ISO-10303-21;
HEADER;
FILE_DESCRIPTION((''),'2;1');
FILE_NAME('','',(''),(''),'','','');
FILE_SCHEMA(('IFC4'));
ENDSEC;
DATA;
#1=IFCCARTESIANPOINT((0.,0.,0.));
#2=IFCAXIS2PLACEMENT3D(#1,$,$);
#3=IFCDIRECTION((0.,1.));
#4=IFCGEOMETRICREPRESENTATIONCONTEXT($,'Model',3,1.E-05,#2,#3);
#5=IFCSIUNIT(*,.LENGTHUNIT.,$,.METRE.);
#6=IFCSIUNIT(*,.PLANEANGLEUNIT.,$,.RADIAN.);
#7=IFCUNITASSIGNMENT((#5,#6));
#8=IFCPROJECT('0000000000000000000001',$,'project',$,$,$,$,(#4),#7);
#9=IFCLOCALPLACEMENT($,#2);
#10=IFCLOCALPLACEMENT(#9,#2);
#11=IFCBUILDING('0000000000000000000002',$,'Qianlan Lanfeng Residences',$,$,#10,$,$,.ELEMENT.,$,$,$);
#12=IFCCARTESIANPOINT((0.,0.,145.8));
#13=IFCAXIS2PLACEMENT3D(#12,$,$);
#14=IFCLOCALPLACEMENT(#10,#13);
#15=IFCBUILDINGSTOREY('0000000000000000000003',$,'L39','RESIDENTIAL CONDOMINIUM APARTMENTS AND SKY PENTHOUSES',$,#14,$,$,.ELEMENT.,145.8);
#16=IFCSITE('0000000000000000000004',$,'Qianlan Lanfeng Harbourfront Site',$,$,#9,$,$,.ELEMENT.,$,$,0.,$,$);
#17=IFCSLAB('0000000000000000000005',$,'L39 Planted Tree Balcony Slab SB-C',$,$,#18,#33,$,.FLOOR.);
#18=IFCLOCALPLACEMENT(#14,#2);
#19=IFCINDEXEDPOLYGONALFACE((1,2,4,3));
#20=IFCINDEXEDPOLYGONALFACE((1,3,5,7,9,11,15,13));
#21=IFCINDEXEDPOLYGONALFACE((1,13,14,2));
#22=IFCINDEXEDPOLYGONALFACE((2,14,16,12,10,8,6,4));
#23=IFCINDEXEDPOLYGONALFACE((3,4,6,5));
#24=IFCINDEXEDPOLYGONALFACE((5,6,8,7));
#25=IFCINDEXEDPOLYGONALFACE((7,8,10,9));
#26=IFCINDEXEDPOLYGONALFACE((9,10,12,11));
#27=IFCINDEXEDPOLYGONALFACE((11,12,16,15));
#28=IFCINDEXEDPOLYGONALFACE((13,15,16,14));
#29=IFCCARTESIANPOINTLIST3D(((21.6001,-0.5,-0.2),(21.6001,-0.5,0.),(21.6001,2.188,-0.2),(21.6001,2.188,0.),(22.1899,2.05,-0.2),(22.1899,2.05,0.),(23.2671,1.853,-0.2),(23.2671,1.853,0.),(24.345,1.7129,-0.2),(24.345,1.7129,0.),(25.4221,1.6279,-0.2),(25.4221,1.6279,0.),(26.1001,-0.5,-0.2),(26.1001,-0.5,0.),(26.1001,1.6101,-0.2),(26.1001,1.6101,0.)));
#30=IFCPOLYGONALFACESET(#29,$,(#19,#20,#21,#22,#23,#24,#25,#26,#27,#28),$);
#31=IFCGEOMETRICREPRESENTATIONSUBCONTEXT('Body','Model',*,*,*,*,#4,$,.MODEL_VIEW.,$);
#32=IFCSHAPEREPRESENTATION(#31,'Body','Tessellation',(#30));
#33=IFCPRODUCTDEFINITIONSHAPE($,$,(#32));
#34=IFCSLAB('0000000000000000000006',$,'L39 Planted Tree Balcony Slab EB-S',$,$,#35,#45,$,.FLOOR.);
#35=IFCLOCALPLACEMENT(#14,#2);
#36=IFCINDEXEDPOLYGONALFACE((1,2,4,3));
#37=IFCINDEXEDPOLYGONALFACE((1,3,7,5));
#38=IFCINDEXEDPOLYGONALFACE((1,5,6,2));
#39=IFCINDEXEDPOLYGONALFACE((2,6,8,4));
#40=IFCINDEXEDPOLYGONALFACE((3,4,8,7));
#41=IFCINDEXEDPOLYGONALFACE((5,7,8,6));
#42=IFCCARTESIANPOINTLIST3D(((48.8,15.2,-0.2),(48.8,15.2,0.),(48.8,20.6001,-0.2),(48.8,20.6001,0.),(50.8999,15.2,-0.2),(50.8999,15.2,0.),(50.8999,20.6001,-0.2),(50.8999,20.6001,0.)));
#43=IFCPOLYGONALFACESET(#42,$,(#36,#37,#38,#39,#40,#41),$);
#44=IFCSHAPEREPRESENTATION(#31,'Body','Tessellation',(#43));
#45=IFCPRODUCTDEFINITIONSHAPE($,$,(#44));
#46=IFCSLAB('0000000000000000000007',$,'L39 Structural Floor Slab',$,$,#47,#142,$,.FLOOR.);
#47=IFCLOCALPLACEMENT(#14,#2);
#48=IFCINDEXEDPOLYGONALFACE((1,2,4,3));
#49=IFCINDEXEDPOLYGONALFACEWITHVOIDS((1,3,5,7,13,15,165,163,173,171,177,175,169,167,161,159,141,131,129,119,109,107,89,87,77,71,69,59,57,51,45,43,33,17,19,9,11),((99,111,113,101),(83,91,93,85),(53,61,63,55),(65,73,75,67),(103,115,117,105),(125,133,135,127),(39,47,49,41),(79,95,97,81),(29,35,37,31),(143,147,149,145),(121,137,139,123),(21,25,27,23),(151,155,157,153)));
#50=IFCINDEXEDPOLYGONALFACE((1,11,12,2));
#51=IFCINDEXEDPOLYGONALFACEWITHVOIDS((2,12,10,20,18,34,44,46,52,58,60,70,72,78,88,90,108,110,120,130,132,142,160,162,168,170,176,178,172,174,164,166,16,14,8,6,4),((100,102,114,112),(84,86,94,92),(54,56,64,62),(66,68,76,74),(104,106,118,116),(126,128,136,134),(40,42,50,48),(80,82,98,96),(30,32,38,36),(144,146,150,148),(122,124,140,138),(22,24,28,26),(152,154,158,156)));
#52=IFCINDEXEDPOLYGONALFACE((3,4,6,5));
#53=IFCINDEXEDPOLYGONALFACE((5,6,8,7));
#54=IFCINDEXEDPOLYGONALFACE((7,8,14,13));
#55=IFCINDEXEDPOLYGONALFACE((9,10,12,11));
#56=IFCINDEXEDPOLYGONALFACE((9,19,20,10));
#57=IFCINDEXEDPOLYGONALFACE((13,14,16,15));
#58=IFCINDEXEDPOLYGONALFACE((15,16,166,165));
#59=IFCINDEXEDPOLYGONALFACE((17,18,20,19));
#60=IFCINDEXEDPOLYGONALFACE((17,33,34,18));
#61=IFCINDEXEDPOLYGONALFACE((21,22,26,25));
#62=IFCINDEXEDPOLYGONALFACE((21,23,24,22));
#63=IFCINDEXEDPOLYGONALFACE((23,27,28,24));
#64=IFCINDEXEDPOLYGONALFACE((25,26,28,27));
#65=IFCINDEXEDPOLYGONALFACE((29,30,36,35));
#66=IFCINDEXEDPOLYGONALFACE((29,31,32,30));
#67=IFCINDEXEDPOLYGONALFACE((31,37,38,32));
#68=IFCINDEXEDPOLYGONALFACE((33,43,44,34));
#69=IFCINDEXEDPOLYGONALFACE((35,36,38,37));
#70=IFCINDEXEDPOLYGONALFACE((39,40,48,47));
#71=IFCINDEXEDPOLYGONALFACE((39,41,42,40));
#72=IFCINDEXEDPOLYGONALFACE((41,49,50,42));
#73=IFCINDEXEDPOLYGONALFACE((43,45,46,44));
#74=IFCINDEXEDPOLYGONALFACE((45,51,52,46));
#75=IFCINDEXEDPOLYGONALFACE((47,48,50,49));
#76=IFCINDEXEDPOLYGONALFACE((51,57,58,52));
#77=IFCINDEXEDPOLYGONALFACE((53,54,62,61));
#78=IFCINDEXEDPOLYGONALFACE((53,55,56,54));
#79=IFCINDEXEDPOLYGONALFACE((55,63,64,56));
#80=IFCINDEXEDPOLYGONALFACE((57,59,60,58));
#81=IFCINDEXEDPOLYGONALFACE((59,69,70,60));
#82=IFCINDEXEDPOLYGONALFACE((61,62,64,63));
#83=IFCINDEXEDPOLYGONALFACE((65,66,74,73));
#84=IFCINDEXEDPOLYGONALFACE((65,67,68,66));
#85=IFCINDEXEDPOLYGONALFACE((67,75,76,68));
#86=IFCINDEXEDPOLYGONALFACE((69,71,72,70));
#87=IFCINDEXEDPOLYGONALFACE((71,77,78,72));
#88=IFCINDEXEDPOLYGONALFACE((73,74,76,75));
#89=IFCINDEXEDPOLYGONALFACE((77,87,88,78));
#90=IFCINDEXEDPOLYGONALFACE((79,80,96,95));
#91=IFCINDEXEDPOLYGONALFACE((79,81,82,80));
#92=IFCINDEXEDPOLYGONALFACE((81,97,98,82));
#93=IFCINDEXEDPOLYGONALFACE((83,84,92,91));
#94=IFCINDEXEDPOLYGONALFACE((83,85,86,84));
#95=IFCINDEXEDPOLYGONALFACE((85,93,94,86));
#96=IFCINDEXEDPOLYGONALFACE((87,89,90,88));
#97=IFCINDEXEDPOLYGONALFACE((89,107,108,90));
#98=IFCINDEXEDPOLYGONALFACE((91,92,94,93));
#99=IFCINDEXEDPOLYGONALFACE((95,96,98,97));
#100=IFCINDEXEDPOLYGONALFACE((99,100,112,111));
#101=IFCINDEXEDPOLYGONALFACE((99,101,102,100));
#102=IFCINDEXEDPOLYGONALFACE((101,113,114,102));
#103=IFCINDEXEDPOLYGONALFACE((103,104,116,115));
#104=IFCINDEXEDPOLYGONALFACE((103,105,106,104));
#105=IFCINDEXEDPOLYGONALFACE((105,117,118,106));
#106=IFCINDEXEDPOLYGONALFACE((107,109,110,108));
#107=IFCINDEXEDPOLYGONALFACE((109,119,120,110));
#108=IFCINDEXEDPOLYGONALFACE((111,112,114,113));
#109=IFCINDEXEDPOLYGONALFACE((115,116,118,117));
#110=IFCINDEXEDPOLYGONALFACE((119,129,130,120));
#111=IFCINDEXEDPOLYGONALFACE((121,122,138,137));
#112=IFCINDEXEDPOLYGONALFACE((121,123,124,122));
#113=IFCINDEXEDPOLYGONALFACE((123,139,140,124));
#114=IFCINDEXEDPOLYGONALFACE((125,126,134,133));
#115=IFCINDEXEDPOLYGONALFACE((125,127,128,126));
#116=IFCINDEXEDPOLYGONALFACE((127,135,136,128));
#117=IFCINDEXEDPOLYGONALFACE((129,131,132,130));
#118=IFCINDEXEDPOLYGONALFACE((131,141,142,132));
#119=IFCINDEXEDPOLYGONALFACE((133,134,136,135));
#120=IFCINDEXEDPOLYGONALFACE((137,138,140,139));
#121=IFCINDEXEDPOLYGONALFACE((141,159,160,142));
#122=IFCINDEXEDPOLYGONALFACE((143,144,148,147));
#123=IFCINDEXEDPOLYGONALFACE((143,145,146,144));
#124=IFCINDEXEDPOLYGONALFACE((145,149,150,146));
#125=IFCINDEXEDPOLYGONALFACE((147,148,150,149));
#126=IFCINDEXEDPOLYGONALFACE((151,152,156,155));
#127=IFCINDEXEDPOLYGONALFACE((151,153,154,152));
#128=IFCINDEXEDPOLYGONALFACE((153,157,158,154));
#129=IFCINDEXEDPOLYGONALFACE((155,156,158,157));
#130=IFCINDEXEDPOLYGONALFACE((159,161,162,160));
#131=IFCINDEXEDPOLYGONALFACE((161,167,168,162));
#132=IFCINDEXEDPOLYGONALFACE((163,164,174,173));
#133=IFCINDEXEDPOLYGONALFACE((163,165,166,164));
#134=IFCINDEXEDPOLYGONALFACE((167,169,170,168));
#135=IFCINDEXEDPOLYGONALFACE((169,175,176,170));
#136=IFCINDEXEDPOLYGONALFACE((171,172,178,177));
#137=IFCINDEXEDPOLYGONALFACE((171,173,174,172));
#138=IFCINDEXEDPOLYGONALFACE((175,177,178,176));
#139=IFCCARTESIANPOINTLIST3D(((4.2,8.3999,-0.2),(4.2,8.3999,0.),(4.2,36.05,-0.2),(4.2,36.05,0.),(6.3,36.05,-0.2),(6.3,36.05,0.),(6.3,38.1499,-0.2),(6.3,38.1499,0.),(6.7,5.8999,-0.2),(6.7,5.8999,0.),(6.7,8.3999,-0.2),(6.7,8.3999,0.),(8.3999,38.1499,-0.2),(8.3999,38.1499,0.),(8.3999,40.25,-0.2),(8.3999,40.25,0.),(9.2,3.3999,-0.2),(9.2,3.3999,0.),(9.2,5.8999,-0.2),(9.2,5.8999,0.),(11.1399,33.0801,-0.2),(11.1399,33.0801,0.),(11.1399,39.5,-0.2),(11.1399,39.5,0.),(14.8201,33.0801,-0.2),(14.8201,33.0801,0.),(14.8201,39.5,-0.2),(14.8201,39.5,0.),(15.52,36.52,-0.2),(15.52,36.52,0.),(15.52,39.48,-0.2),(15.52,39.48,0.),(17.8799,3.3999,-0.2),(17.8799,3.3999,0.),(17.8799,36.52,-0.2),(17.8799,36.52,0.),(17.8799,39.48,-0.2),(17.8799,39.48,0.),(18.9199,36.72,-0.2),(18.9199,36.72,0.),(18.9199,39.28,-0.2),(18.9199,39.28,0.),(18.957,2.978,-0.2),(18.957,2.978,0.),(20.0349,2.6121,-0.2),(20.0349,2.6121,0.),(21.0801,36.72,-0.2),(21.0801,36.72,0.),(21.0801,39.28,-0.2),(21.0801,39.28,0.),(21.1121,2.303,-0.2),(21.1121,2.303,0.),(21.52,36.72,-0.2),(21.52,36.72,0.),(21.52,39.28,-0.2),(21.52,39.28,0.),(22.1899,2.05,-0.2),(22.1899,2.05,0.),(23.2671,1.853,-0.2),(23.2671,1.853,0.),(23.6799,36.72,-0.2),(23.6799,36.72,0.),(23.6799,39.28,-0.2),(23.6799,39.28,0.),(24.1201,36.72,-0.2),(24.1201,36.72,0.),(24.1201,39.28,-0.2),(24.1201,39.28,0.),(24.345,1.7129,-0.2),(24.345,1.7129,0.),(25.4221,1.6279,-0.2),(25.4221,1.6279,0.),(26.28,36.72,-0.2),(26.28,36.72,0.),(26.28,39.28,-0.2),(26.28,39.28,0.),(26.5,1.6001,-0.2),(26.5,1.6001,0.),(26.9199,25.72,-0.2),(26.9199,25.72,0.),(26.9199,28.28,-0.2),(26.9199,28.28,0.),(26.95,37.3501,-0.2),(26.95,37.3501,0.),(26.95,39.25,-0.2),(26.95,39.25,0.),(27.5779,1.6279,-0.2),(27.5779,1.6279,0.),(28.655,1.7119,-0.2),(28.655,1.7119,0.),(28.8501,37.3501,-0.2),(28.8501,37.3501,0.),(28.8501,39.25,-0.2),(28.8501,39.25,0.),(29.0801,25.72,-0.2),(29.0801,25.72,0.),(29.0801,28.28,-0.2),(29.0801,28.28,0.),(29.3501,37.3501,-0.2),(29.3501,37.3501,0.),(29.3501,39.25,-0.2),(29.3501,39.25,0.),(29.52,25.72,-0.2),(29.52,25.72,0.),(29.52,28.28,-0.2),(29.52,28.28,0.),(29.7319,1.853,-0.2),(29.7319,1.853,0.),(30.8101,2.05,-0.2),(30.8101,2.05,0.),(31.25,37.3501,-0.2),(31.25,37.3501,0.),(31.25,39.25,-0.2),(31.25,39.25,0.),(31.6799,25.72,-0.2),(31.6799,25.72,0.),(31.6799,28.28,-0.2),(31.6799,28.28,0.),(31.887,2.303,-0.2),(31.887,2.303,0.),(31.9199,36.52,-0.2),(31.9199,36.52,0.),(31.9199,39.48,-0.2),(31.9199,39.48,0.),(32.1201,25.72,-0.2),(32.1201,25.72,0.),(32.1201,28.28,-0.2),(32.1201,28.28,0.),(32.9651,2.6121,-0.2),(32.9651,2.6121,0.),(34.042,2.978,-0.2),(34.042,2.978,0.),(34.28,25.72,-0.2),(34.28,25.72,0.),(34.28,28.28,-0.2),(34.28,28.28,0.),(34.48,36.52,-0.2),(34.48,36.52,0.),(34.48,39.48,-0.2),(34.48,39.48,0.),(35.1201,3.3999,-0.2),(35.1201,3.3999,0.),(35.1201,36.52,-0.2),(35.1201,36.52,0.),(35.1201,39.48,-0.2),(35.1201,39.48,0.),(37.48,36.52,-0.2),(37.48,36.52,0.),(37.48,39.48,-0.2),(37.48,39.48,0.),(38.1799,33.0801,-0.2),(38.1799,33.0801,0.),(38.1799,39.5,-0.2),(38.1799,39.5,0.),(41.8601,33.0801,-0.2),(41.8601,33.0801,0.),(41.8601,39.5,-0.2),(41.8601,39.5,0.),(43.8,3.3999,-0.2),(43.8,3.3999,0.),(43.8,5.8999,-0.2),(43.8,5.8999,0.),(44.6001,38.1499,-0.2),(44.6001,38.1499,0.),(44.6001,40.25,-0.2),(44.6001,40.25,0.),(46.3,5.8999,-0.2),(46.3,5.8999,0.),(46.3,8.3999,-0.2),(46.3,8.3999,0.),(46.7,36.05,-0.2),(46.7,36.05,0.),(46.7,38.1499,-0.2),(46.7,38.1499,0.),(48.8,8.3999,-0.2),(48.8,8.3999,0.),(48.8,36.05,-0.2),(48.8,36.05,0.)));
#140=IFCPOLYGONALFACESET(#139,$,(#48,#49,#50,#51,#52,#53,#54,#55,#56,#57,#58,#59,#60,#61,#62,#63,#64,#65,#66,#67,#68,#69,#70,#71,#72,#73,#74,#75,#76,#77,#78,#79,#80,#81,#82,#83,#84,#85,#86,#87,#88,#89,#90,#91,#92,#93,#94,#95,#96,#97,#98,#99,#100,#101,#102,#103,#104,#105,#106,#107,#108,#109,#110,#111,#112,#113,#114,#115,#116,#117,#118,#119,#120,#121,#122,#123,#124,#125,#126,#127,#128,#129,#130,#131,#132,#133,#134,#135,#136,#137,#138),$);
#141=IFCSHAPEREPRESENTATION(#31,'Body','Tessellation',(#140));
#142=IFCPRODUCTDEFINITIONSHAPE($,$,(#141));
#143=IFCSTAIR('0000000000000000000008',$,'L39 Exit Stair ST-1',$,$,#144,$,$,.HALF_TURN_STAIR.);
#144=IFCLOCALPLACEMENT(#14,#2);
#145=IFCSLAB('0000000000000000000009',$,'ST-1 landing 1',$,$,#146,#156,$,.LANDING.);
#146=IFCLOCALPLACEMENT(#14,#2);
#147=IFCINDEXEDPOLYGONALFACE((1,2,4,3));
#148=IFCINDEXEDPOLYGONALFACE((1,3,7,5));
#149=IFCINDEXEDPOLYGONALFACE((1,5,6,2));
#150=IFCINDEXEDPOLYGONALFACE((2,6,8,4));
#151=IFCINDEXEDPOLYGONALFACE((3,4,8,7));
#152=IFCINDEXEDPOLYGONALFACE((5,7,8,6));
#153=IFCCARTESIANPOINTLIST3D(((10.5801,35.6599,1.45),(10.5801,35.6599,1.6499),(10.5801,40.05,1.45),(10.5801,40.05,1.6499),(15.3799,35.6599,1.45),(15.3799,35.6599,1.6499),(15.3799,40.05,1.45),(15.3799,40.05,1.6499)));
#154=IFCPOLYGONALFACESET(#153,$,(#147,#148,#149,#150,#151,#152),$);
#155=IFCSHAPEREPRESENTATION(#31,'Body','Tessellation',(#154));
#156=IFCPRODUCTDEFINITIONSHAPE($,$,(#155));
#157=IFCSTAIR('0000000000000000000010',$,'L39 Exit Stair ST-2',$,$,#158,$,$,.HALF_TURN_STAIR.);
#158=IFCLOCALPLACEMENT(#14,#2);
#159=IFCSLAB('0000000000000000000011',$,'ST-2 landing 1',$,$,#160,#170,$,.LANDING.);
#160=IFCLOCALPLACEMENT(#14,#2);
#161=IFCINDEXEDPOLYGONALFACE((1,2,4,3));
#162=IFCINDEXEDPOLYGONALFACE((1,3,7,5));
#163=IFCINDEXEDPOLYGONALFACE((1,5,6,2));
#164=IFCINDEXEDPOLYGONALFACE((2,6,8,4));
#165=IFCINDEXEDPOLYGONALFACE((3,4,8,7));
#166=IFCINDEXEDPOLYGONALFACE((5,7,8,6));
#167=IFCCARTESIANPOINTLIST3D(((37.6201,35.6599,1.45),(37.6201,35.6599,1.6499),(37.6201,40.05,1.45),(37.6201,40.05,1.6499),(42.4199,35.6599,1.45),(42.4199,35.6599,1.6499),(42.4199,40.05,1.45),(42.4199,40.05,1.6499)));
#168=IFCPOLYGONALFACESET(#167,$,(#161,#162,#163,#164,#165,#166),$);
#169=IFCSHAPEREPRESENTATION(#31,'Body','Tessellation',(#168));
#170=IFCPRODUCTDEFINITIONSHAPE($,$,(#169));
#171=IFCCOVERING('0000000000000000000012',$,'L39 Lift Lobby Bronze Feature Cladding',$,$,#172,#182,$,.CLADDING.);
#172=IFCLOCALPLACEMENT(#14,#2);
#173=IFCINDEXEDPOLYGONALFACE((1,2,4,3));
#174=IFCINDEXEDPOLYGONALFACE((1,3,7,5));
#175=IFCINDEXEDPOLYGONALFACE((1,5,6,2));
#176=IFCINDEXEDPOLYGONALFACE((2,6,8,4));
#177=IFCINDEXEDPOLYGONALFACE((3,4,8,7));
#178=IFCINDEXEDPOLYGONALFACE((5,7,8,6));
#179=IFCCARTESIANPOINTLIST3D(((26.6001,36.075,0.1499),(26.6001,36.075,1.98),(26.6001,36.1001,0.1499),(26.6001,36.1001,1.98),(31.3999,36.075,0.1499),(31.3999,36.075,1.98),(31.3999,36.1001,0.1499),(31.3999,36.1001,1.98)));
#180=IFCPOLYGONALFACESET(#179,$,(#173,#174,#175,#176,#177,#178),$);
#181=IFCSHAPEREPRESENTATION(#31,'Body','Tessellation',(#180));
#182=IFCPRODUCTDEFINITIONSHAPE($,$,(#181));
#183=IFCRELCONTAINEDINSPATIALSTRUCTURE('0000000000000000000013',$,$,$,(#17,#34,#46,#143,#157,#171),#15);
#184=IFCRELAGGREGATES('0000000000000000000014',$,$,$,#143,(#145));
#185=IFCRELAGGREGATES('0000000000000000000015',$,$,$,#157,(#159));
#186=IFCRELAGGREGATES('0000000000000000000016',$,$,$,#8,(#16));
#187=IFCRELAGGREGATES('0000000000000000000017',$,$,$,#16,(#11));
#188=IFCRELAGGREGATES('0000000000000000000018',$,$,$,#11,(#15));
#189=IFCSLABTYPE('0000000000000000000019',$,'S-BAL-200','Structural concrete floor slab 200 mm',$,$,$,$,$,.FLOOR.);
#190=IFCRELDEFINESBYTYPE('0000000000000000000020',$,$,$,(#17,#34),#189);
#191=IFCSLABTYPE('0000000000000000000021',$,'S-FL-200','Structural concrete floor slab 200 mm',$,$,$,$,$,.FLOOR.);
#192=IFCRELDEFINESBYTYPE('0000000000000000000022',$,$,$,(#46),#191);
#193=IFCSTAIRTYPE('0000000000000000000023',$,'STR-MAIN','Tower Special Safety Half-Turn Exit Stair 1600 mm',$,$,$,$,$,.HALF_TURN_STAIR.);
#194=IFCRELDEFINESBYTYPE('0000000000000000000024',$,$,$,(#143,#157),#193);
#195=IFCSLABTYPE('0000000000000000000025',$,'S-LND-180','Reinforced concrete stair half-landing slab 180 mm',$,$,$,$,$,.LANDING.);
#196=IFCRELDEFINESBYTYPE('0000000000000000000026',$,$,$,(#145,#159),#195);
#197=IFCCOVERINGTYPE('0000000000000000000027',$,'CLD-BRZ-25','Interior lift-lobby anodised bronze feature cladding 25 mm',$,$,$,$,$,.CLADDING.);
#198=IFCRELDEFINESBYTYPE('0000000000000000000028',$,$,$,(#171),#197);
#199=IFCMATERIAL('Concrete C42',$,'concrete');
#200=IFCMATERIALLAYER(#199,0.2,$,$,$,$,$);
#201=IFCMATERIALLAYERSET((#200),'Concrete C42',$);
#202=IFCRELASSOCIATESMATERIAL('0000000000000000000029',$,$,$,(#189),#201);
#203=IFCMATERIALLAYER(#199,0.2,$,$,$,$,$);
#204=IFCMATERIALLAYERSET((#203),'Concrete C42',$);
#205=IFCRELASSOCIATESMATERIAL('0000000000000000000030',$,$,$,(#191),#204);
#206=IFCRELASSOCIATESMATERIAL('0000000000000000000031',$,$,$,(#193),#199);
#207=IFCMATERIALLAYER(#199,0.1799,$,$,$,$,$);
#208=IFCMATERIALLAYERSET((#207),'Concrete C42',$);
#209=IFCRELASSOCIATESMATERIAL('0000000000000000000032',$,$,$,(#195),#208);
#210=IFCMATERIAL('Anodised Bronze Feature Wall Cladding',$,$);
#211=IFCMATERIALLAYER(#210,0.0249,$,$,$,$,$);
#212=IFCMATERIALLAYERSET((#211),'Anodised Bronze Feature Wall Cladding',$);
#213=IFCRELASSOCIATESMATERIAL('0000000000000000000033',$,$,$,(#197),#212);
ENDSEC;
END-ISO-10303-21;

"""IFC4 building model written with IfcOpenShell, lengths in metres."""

from ifc_helpers import new_model, si_unit, direction, frame, origin, place, context, subcontext, project, spatial, polyline, outline, extrude, material, layer, layer_set, type_object, element, aggregate, save


model = new_model("IFC4")

# Units and contexts
model_context = context("Model", 3, precision=1e-05, world=origin(), true_north=direction((0.0, 1.0)))
body_context = subcontext(model_context, "Body", "Model", "MODEL_VIEW")
ifc_project = project(units=[si_unit("LENGTHUNIT", "METRE"), si_unit("PLANEANGLEUNIT", "RADIAN")], contexts=[model_context])

# Site, building, storey
site_placement = place(None, origin())
site = spatial("IfcSite", under=ifc_project, at=site_placement, Name="Qianlan Lanfeng Harbourfront Site", CompositionType="ELEMENT", RefElevation=0.0)
building_placement = place(site_placement, origin())
building = spatial("IfcBuilding", under=site, at=building_placement, Name="Qianlan Lanfeng Residences", CompositionType="ELEMENT")
storey_placement = place(building_placement, frame((0.0, 0.0, 145.8)))
storey = spatial("IfcBuildingStorey", under=building, at=storey_placement, Name="L39", Description="RESIDENTIAL CONDOMINIUM APARTMENTS AND SKY PENTHOUSES", CompositionType="ELEMENT", Elevation=145.8)

# Slabs
ifc_material_1 = material(Name="Concrete C42", Category="concrete")
ifc_layer_1 = layer(ifc_material_1, 0.2)
ifc_layer_set_1 = layer_set([ifc_layer_1], Name="Concrete C42")
slab_type_1 = type_object("IfcSlabType", Name="S-BAL-200", Description="Structural concrete floor slab 200 mm", PredefinedType="FLOOR", material=ifc_layer_set_1)
slab_1_placement = place(storey_placement, frame((0.0, 0.0, -0.2)))
element("IfcSlab", 1, at=slab_1_placement, inside=storey, type_object=slab_type_1, Name="L39 Planted Tree Balcony Slab SB-C", PredefinedType="FLOOR", context=body_context, shape_type="SweptSolid", body=[
    extrude(outline(polyline([(26.1001, 1.6101), (25.4221, 1.6279), (24.345, 1.7129), (23.2671, 1.853), (22.1899, 2.05), (21.6001, 2.188), (21.6001, -0.5), (26.1001, -0.5), (26.1001, 1.6101)])), origin(), (0.0, 0.0, 1.0), 0.2),
])
slab_2_placement = place(storey_placement, frame((0.0, 0.0, -0.2)))
element("IfcSlab", 2, at=slab_2_placement, inside=storey, type_object=slab_type_1, Name="L39 Planted Tree Balcony Slab EB-S", PredefinedType="FLOOR", context=body_context, shape_type="SweptSolid", body=[
    extrude(outline(polyline([(48.8, 20.6001), (48.8, 15.2), (50.8999, 15.2), (50.8999, 20.6001), (48.8, 20.6001)])), origin(), (0.0, 0.0, 1.0), 0.2),
])
ifc_layer_2 = layer(ifc_material_1, 0.2)
ifc_layer_set_2 = layer_set([ifc_layer_2], Name="Concrete C42")
slab_type_2 = type_object("IfcSlabType", Name="S-FL-200", Description="Structural concrete floor slab 200 mm", PredefinedType="FLOOR", material=ifc_layer_set_2)
slab_3_placement = place(storey_placement, frame((0.0, 0.0, -0.2)))
element("IfcSlab", 3, at=slab_3_placement, inside=storey, type_object=slab_type_2, Name="L39 Structural Floor Slab", PredefinedType="FLOOR", context=body_context, shape_type="SweptSolid", body=[
    extrude(outline(polyline([(4.2, 8.3999), (6.7, 8.3999), (6.7, 5.8999), (9.2, 5.8999), (9.2, 3.3999), (17.8799, 3.3999), (18.957, 2.978), (20.0349, 2.6121), (21.1121, 2.303), (22.1899, 2.05), (23.2671, 1.853), (24.345, 1.7129), (25.4221, 1.6279), (26.5, 1.6001), (27.5779, 1.6279), (28.655, 1.7119), (29.7319, 1.853), (30.8101, 2.05), (31.887, 2.303), (32.9651, 2.6121), (34.042, 2.978), (35.1201, 3.3999), (43.8, 3.3999), (43.8, 5.8999), (46.3, 5.8999), (46.3, 8.3999), (48.8, 8.3999), (48.8, 36.05), (46.7, 36.05), (46.7, 38.1499), (44.6001, 38.1499), (44.6001, 40.25), (8.3999, 40.25), (8.3999, 38.1499), (6.3, 38.1499), (6.3, 36.05), (4.2, 36.05), (4.2, 8.3999)]), holes=[polyline([(11.1399, 33.0801), (11.1399, 39.5), (14.8201, 39.5), (14.8201, 33.0801), (11.1399, 33.0801)]), polyline([(38.1799, 33.0801), (38.1799, 39.5), (41.8601, 39.5), (41.8601, 33.0801), (38.1799, 33.0801)]), polyline([(15.52, 36.52), (15.52, 39.48), (17.8799, 39.48), (17.8799, 36.52), (15.52, 36.52)]), polyline([(35.1201, 36.52), (35.1201, 39.48), (37.48, 39.48), (37.48, 36.52), (35.1201, 36.52)]), polyline([(31.9199, 36.52), (31.9199, 39.48), (34.48, 39.48), (34.48, 36.52), (31.9199, 36.52)]), polyline([(26.9199, 25.72), (26.9199, 28.28), (29.0801, 28.28), (29.0801, 25.72), (26.9199, 25.72)]), polyline([(29.52, 25.72), (29.52, 28.28), (31.6799, 28.28), (31.6799, 25.72), (29.52, 25.72)]), polyline([(32.1201, 25.72), (32.1201, 28.28), (34.28, 28.28), (34.28, 25.72), (32.1201, 25.72)]), polyline([(18.9199, 36.72), (18.9199, 39.28), (21.0801, 39.28), (21.0801, 36.72), (18.9199, 36.72)]), polyline([(21.52, 36.72), (21.52, 39.28), (23.6799, 39.28), (23.6799, 36.72), (21.52, 36.72)]), polyline([(24.1201, 36.72), (24.1201, 39.28), (26.28, 39.28), (26.28, 36.72), (24.1201, 36.72)]), polyline([(26.95, 37.3501), (26.95, 39.25), (28.8501, 39.25), (28.8501, 37.3501), (26.95, 37.3501)]), polyline([(29.3501, 37.3501), (29.3501, 39.25), (31.25, 39.25), (31.25, 37.3501), (29.3501, 37.3501)])]), origin(), (0.0, 0.0, 1.0), 0.2),
])

# Stairs, slabs
stair_type = type_object("IfcStairType", Name="STR-MAIN", Description="Tower Special Safety Half-Turn Exit Stair 1600 mm", PredefinedType="HALF_TURN_STAIR", material=ifc_material_1)
stair_1_placement = place(storey_placement, origin())
stair_1 = element("IfcStair", 4, at=stair_1_placement, inside=storey, type_object=stair_type, Name="L39 Exit Stair ST-1", PredefinedType="HALF_TURN_STAIR")
ifc_layer_3 = layer(ifc_material_1, 0.1799)
ifc_layer_set_3 = layer_set([ifc_layer_3], Name="Concrete C42")
slab_type_3 = type_object("IfcSlabType", Name="S-LND-180", Description="Reinforced concrete stair half-landing slab 180 mm", PredefinedType="LANDING", material=ifc_layer_set_3)
slab_4_placement = place(storey_placement, frame((0.0, 0.0, 1.45)))
slab_4 = element("IfcSlab", 5, at=slab_4_placement, type_object=slab_type_3, Name="ST-1 landing 1", PredefinedType="LANDING", context=body_context, shape_type="SweptSolid", body=[
    extrude(outline(polyline([(10.5801, 35.6599), (15.3799, 35.6599), (15.3799, 40.05), (10.5801, 40.05), (10.5801, 35.6599)])), origin(), (0.0, 0.0, 1.0), 0.2),
])
aggregate(stair_1, [slab_4])
stair_2_placement = place(storey_placement, origin())
stair_2 = element("IfcStair", 6, at=stair_2_placement, inside=storey, type_object=stair_type, Name="L39 Exit Stair ST-2", PredefinedType="HALF_TURN_STAIR")
slab_5_placement = place(storey_placement, frame((0.0, 0.0, 1.45)))
slab_5 = element("IfcSlab", 7, at=slab_5_placement, type_object=slab_type_3, Name="ST-2 landing 1", PredefinedType="LANDING", context=body_context, shape_type="SweptSolid", body=[
    extrude(outline(polyline([(37.6201, 35.6599), (42.4199, 35.6599), (42.4199, 40.05), (37.6201, 40.05), (37.6201, 35.6599)])), origin(), (0.0, 0.0, 1.0), 0.2),
])
aggregate(stair_2, [slab_5])

# Covering
ifc_material_2 = material(Name="Anodised Bronze Feature Wall Cladding")
ifc_layer_4 = layer(ifc_material_2, 0.0249)
ifc_layer_set_4 = layer_set([ifc_layer_4], Name="Anodised Bronze Feature Wall Cladding")
covering_type_1 = type_object("IfcCoveringType", Name="CLD-BRZ-25", Description="Interior lift-lobby anodised bronze feature cladding 25 mm", PredefinedType="CLADDING", material=ifc_layer_set_4)
covering_1_placement = place(storey_placement, frame((0.0, 0.0, 0.1499)))
element("IfcCovering", 8, at=covering_1_placement, inside=storey, type_object=covering_type_1, Name="L39 Lift Lobby Bronze Feature Cladding", PredefinedType="CLADDING", context=body_context, shape_type="SweptSolid", body=[
    extrude(outline(polyline([(26.6001, 36.075), (31.3999, 36.075), (31.3999, 36.1001), (26.6001, 36.1001), (26.6001, 36.075)])), origin(), (0.0, 0.0, 1.0), 1.8301),
])

save(model, "model.ifc")
